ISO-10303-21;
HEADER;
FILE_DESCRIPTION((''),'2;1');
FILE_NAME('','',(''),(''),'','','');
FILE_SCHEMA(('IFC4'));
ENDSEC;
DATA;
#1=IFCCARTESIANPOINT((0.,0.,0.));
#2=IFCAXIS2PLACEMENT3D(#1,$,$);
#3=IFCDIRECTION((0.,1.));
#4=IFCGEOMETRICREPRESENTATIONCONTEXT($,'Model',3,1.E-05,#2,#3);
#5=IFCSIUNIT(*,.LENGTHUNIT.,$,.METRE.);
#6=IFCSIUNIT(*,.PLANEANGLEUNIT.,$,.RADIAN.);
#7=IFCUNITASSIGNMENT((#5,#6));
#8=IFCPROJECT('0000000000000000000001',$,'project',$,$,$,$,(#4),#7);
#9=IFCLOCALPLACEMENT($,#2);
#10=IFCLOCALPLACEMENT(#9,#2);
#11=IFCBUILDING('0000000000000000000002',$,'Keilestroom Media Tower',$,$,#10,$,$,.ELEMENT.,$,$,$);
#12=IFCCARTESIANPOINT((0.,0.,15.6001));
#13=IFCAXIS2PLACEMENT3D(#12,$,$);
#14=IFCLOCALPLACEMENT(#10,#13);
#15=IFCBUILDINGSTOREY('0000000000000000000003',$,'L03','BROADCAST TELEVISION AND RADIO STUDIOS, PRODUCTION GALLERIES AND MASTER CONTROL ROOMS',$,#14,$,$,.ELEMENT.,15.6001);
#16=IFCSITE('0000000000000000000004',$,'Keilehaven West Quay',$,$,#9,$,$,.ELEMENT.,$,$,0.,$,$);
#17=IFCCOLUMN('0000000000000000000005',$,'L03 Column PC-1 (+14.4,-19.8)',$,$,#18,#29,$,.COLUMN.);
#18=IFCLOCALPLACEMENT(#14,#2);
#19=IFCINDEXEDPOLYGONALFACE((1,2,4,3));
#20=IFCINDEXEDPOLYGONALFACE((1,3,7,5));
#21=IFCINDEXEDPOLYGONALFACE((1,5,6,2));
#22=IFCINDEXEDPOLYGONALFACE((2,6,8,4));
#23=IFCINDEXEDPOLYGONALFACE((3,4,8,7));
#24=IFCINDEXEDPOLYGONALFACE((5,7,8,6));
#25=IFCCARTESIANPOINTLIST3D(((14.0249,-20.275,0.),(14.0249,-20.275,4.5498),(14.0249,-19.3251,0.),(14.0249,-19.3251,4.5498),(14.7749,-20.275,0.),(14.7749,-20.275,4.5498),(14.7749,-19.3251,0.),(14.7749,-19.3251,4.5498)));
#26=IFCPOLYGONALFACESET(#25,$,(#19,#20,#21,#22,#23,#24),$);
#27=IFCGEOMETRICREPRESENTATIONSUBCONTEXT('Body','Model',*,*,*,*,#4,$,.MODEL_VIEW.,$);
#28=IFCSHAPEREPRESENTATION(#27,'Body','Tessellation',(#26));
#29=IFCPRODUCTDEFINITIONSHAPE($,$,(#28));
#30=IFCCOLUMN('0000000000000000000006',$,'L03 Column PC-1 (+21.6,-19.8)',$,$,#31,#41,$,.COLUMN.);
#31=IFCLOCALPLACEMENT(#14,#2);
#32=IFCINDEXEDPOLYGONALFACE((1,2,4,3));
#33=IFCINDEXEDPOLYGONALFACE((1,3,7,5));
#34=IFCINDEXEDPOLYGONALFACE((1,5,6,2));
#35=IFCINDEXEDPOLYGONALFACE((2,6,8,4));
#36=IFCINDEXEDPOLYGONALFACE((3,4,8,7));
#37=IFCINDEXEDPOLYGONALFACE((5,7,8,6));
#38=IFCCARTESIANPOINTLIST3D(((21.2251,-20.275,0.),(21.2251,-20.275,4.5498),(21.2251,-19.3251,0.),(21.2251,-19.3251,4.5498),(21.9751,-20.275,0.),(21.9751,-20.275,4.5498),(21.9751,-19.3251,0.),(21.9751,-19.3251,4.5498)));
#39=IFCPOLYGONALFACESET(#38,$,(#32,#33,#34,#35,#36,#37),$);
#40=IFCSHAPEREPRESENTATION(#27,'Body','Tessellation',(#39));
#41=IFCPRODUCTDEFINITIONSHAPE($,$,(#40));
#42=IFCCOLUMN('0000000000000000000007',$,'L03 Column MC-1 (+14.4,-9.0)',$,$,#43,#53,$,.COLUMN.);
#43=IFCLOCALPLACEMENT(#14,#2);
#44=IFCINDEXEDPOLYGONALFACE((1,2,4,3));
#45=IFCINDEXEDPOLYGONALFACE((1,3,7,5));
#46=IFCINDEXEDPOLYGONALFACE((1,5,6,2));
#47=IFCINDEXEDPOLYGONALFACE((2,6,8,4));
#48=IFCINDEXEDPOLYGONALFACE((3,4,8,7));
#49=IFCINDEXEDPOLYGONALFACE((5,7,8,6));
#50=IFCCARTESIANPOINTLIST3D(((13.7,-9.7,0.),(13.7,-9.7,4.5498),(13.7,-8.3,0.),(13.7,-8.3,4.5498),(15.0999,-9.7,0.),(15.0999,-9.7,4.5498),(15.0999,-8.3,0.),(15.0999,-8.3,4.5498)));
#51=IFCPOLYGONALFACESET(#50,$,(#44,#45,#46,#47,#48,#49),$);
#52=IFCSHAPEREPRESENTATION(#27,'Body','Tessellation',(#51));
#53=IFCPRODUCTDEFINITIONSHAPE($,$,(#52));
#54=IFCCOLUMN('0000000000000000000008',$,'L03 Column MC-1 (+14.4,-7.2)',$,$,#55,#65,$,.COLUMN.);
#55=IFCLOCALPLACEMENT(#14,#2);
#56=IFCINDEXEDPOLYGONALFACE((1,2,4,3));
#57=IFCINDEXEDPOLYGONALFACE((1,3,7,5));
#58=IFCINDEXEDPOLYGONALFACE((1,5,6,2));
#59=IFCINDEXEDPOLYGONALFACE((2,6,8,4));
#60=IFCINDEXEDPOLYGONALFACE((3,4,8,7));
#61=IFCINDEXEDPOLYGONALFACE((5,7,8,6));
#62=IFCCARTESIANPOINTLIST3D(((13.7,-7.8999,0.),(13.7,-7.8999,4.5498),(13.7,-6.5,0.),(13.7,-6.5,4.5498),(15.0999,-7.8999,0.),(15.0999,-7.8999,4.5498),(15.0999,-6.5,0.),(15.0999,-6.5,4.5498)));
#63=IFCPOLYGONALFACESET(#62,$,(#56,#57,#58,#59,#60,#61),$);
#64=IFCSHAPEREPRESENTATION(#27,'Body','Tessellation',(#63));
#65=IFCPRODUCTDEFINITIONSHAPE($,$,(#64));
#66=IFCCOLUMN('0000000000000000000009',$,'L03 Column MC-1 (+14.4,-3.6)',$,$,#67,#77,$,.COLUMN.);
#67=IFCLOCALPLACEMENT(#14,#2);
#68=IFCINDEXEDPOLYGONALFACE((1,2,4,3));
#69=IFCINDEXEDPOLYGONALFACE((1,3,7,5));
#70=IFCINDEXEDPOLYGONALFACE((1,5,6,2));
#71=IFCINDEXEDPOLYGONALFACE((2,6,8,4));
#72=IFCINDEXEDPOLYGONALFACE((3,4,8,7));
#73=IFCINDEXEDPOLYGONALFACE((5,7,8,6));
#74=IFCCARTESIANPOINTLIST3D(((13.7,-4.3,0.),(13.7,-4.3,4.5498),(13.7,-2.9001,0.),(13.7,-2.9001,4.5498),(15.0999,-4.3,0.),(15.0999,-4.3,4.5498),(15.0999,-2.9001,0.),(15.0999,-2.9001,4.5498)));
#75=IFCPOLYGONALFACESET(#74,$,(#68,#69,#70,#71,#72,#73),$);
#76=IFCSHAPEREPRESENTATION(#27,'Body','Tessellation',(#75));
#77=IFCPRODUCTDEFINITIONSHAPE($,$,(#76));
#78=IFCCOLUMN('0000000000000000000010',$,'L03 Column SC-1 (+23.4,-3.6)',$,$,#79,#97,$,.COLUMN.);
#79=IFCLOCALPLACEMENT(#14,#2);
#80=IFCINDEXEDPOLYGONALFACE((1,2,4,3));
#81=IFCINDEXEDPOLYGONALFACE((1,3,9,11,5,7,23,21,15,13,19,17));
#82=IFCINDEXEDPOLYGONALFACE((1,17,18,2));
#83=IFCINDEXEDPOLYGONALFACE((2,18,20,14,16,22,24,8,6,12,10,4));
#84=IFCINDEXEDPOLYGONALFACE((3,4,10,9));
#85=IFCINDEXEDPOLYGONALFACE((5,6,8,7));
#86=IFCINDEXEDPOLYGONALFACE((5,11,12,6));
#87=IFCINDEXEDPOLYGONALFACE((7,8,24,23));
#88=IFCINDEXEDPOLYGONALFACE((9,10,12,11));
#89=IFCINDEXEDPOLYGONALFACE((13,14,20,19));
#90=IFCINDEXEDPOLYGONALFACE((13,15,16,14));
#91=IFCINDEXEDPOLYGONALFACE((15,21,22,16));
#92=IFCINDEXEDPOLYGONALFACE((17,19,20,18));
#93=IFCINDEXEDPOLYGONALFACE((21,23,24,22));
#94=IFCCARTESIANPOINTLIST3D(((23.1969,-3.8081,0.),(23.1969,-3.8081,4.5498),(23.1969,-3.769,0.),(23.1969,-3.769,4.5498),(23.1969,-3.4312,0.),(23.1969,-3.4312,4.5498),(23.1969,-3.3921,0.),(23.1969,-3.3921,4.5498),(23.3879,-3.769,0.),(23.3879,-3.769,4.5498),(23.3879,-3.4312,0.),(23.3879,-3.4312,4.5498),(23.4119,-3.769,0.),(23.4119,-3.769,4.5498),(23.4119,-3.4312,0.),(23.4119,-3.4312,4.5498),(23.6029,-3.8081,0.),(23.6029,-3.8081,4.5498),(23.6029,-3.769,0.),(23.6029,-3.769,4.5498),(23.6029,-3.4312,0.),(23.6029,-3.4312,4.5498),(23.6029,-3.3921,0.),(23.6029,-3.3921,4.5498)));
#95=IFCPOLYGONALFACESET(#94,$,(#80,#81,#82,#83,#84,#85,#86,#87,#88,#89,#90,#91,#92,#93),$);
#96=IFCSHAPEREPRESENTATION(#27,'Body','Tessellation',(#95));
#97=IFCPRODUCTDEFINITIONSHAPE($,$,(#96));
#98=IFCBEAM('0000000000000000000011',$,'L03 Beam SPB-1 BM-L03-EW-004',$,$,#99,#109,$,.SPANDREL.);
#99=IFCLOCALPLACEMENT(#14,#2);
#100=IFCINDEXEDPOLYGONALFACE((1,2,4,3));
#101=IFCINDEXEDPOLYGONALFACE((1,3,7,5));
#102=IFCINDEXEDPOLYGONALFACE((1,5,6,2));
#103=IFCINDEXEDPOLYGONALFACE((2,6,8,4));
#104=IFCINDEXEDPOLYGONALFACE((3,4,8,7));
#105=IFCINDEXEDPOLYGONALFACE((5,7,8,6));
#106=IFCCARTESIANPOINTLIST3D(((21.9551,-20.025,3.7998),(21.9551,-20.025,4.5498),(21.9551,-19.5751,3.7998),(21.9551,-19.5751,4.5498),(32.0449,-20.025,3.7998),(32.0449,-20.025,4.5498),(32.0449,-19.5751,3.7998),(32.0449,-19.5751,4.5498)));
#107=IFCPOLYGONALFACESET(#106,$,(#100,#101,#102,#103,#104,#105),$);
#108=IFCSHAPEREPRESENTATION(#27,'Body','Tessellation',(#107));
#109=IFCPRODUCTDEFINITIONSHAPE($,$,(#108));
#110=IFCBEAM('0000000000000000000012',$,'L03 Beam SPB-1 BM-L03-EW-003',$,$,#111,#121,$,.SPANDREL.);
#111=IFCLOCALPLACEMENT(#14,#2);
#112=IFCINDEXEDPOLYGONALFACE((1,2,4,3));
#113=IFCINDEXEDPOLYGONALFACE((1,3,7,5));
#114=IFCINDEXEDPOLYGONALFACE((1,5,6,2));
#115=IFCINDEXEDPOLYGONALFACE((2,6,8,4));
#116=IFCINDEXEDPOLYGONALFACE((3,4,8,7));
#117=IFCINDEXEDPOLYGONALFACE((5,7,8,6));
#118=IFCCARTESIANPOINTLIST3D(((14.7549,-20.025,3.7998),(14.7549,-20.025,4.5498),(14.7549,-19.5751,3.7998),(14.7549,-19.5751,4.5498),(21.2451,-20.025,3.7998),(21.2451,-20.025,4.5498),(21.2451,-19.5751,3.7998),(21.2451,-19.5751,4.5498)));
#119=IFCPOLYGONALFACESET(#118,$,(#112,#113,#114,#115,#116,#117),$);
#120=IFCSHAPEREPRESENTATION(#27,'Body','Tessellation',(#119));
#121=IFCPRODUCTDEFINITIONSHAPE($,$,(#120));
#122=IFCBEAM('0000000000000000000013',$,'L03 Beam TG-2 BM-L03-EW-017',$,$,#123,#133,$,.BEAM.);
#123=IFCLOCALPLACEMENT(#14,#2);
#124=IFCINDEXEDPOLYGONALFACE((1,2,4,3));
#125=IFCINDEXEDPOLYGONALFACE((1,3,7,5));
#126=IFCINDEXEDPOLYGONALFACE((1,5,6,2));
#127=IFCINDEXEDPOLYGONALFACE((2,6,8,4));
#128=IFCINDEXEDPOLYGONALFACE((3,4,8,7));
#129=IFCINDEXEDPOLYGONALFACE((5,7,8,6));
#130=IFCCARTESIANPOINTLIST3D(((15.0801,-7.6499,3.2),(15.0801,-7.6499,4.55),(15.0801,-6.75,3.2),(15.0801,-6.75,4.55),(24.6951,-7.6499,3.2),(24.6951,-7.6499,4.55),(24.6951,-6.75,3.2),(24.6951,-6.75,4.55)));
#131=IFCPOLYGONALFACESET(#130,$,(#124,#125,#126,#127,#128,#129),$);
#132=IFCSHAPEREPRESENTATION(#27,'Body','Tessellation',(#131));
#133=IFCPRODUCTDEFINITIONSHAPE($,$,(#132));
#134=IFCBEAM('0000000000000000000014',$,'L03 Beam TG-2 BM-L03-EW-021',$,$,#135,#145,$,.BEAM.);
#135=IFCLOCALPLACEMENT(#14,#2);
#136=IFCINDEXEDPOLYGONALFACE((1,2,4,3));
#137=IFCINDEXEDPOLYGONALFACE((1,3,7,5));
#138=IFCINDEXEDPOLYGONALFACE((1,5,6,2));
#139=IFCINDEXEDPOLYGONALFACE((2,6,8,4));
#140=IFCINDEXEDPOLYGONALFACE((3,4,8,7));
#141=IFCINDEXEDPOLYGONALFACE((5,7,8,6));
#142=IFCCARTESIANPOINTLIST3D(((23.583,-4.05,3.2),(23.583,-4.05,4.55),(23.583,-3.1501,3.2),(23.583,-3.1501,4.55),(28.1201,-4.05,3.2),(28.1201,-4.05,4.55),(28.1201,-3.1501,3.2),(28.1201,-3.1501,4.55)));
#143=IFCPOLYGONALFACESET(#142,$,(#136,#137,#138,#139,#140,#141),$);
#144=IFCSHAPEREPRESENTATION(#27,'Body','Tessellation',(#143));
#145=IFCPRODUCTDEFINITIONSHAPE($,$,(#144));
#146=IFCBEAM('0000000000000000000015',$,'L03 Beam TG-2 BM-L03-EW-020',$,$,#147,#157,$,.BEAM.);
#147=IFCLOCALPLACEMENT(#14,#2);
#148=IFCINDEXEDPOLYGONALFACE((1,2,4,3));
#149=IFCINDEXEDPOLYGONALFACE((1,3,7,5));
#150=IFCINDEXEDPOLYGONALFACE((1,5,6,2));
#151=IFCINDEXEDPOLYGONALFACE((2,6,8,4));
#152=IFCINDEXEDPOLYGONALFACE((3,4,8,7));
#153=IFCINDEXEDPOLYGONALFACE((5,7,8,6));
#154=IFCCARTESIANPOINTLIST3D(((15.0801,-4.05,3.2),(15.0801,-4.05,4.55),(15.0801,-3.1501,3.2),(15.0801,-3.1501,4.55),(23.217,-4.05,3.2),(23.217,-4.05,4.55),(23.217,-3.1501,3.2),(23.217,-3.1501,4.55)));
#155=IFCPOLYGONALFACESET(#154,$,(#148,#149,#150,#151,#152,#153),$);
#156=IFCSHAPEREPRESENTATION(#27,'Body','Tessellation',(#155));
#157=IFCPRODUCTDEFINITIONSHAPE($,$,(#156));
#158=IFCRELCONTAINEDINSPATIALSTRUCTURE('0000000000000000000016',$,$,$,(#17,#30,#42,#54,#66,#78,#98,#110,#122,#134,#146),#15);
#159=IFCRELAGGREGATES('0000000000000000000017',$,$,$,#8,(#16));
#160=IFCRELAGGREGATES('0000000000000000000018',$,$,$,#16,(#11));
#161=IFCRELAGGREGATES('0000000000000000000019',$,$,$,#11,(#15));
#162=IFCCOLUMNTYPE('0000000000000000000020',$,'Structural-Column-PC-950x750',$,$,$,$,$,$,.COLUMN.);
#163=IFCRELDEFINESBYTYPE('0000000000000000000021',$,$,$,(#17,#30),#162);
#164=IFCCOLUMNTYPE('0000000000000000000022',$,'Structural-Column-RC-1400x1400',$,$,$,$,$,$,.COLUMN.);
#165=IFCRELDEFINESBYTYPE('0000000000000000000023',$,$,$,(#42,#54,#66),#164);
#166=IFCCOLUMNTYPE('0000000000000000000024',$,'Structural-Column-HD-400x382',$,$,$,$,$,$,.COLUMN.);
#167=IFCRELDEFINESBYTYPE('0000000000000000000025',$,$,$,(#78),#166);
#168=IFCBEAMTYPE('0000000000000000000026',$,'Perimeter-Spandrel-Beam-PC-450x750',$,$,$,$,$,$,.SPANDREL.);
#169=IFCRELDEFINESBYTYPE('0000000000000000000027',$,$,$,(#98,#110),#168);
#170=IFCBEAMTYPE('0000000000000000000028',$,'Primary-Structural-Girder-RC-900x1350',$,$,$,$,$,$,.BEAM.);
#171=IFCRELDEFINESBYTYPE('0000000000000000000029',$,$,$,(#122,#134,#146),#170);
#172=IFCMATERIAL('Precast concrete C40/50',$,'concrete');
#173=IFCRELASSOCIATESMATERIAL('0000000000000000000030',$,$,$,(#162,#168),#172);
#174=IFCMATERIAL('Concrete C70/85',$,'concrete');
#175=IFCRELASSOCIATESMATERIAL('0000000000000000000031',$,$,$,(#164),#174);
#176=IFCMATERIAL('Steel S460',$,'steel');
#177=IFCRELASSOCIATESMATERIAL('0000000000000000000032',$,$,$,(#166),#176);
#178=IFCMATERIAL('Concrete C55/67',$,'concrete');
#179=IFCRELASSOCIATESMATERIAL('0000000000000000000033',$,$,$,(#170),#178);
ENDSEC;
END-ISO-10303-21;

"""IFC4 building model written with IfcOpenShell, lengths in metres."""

from ifc_helpers import new_model, si_unit, direction, frame, origin, origin_2d, place, context, subcontext, project, spatial, rectangle, i_section, extrude, source, transform, mapped, material, material_profile, profile_set, type_object, element, save


model = new_model("IFC4")

# Units and contexts
model_context = context("Model", 3, precision=1e-05, world=origin(), true_north=direction((0.0, 1.0)))
body_context = subcontext(model_context, "Body", "Model", "MODEL_VIEW")
ifc_project = project(units=[si_unit("LENGTHUNIT", "METRE"), si_unit("PLANEANGLEUNIT", "RADIAN")], contexts=[model_context])

# Site, building, storey
site_placement = place(None, origin())
site = spatial("IfcSite", under=ifc_project, at=site_placement, Name="Keilehaven West Quay", CompositionType="ELEMENT", RefElevation=0.0)
building_placement = place(site_placement, origin())
building = spatial("IfcBuilding", under=site, at=building_placement, Name="Keilestroom Media Tower", CompositionType="ELEMENT")
storey_placement = place(building_placement, frame((0.0, 0.0, 15.6001)))
storey = spatial("IfcBuildingStorey", under=building, at=storey_placement, Name="L03", Description="BROADCAST TELEVISION AND RADIO STUDIOS, PRODUCTION GALLERIES AND MASTER CONTROL ROOMS", CompositionType="ELEMENT", Elevation=15.6001)

# Columns
ifc_material_1 = material(Name="Precast concrete C40/50", Category="concrete")
ifc_material_profile_1 = material_profile(ifc_material_1, rectangle(XDim=0.75, YDim=0.95, at=origin_2d()), Name="PC 950x750")
ifc_profile_set_1 = profile_set([ifc_material_profile_1], Name="Precast concrete C40/50")
column_type_1 = type_object("IfcColumnType", Name="Structural-Column-PC-950x750", PredefinedType="COLUMN", material=ifc_profile_set_1)
shared_shape_1 = source(origin(), body_context, "Body", "SweptSolid", [
    extrude(rectangle(XDim=0.75, YDim=0.95, at=origin_2d()), origin(), (0.0, 0.0, 1.0), 4.5498),
])
for number, where, z_axis, x_axis, name in (
    (1, (14.3999, -19.8, 0.0), (0.0, 0.0, 1.0), (1.0, 0.0, 0.0), "L03 Column PC-1 (+14.4,-19.8)"),
    (2, (21.6001, -19.8, 0.0), (0.0, 0.0, 1.0), (1.0, 0.0, 0.0), "L03 Column PC-1 (+21.6,-19.8)"),
):
    element("IfcColumn", number, at=place(storey_placement, frame(where, z_axis=z_axis, x_axis=x_axis)), inside=storey, type_object=column_type_1, Name=name, PredefinedType="COLUMN", context=body_context, shape_type="MappedRepresentation", body=[
        mapped(shared_shape_1, transform((0.0, 0.0, 0.0), x_axis=(1.0, 0.0, 0.0), y_axis=(0.0, 1.0, 0.0), z_axis=(0.0, 0.0, 1.0), scale=1.0)),
    ])
ifc_material_2 = material(Name="Concrete C70/85", Category="concrete")
ifc_material_profile_2 = material_profile(ifc_material_2, rectangle(XDim=1.3999, YDim=1.3999, at=origin_2d()), Name="RC 1400x1400")
ifc_profile_set_2 = profile_set([ifc_material_profile_2], Name="Concrete C70/85")
column_type_2 = type_object("IfcColumnType", Name="Structural-Column-RC-1400x1400", PredefinedType="COLUMN", material=ifc_profile_set_2)
shared_shape_2 = source(origin(), body_context, "Body", "SweptSolid", [
    extrude(rectangle(XDim=1.3999, YDim=1.3999, at=origin_2d()), origin(), (0.0, 0.0, 1.0), 4.5498),
])
for number, where, z_axis, x_axis, name in (
    (3, (14.3999, -9.0, 0.0), (0.0, 0.0, 1.0), (1.0, 0.0, 0.0), "L03 Column MC-1 (+14.4,-9.0)"),
    (4, (14.3999, -7.2, 0.0), (0.0, 0.0, 1.0), (1.0, 0.0, 0.0), "L03 Column MC-1 (+14.4,-7.2)"),
    (5, (14.3999, -3.6001, 0.0), (0.0, 0.0, 1.0), (1.0, 0.0, 0.0), "L03 Column MC-1 (+14.4,-3.6)"),
):
    element("IfcColumn", number, at=place(storey_placement, frame(where, z_axis=z_axis, x_axis=x_axis)), inside=storey, type_object=column_type_2, Name=name, PredefinedType="COLUMN", context=body_context, shape_type="MappedRepresentation", body=[
        mapped(shared_shape_2, transform((0.0, 0.0, 0.0), x_axis=(1.0, 0.0, 0.0), y_axis=(0.0, 1.0, 0.0), z_axis=(0.0, 0.0, 1.0), scale=1.0)),
    ])
ifc_material_3 = material(Name="Steel S460", Category="steel")
ifc_material_profile_3 = material_profile(ifc_material_3, i_section(OverallWidth=0.406, OverallDepth=0.416, WebThickness=0.0239, FlangeThickness=0.0391, at=origin_2d()), Name="HD 400x382")
ifc_profile_set_3 = profile_set([ifc_material_profile_3], Name="Steel S460")
column_type_3 = type_object("IfcColumnType", Name="Structural-Column-HD-400x382", PredefinedType="COLUMN", material=ifc_profile_set_3)
shared_shape_3 = source(origin(), body_context, "Body", "SweptSolid", [
    extrude(i_section(OverallWidth=0.406, OverallDepth=0.416, WebThickness=0.0239, FlangeThickness=0.0391, at=origin_2d()), origin(), (0.0, 0.0, 1.0), 4.5498),
])
column_placement = place(storey_placement, frame((23.3999, -3.6001, 0.0), z_axis=(0.0, 0.0, 1.0), x_axis=(1.0, 0.0, 0.0)))
element("IfcColumn", 6, at=column_placement, inside=storey, type_object=column_type_3, Name="L03 Column SC-1 (+23.4,-3.6)", PredefinedType="COLUMN", context=body_context, shape_type="MappedRepresentation", body=[
    mapped(shared_shape_3, transform((0.0, 0.0, 0.0), x_axis=(1.0, 0.0, 0.0), y_axis=(0.0, 1.0, 0.0), z_axis=(0.0, 0.0, 1.0), scale=1.0)),
])

# Beams
ifc_material_profile_4 = material_profile(ifc_material_1, rectangle(XDim=0.45, YDim=0.75, at=origin_2d()), Name="PC 450x750")
ifc_profile_set_4 = profile_set([ifc_material_profile_4], Name="Precast concrete C40/50")
beam_type_1 = type_object("IfcBeamType", Name="Perimeter-Spandrel-Beam-PC-450x750", PredefinedType="SPANDREL", material=ifc_profile_set_4)
shared_shape_4 = source(origin(), body_context, "Body", "SweptSolid", [
    extrude(rectangle(XDim=0.45, YDim=0.75, at=origin_2d()), origin(), (0.0, 0.0, 1.0), 10.0898),
])
beam_1_placement = place(storey_placement, frame((21.9551, -19.8, 4.1748), z_axis=(1.0, 0.0, 0.0), x_axis=(0.0, 1.0, 0.0)))
element("IfcBeam", 7, at=beam_1_placement, inside=storey, type_object=beam_type_1, Name="L03 Beam SPB-1 BM-L03-EW-004", PredefinedType="SPANDREL", context=body_context, shape_type="MappedRepresentation", body=[
    mapped(shared_shape_4, transform((0.0, 0.0, 0.0), x_axis=(1.0, 0.0, 0.0), y_axis=(0.0, 1.0, 0.0), z_axis=(0.0, 0.0, 1.0), scale=1.0)),
])
shared_shape_5 = source(origin(), body_context, "Body", "SweptSolid", [
    extrude(rectangle(XDim=0.45, YDim=0.75, at=origin_2d()), origin(), (0.0, 0.0, 1.0), 6.4902),
])
beam_2_placement = place(storey_placement, frame((14.7549, -19.8, 4.1748), z_axis=(1.0, 0.0, 0.0), x_axis=(0.0, 1.0, 0.0)))
element("IfcBeam", 8, at=beam_2_placement, inside=storey, type_object=beam_type_1, Name="L03 Beam SPB-1 BM-L03-EW-003", PredefinedType="SPANDREL", context=body_context, shape_type="MappedRepresentation", body=[
    mapped(shared_shape_5, transform((0.0, 0.0, 0.0), x_axis=(1.0, 0.0, 0.0), y_axis=(0.0, 1.0, 0.0), z_axis=(0.0, 0.0, 1.0), scale=1.0)),
])
ifc_material_4 = material(Name="Concrete C55/67", Category="concrete")
ifc_material_profile_5 = material_profile(ifc_material_4, rectangle(XDim=0.8999, YDim=1.3501, at=origin_2d()), Name="RC 900x1350")
ifc_profile_set_5 = profile_set([ifc_material_profile_5], Name="Concrete C55/67")
beam_type_2 = type_object("IfcBeamType", Name="Primary-Structural-Girder-RC-900x1350", PredefinedType="BEAM", material=ifc_profile_set_5)
shared_shape_6 = source(origin(), body_context, "Body", "SweptSolid", [
    extrude(rectangle(XDim=0.8999, YDim=1.3501, at=origin_2d()), origin(), (0.0, 0.0, 1.0), 9.615),
])
beam_3_placement = place(storey_placement, frame((15.0801, -7.2, 3.875), z_axis=(1.0, 0.0, 0.0), x_axis=(0.0, 1.0, 0.0)))
element("IfcBeam", 9, at=beam_3_placement, inside=storey, type_object=beam_type_2, Name="L03 Beam TG-2 BM-L03-EW-017", PredefinedType="BEAM", context=body_context, shape_type="MappedRepresentation", body=[
    mapped(shared_shape_6, transform((0.0, 0.0, 0.0), x_axis=(1.0, 0.0, 0.0), y_axis=(0.0, 1.0, 0.0), z_axis=(0.0, 0.0, 1.0), scale=1.0)),
])
shared_shape_7 = source(origin(), body_context, "Body", "SweptSolid", [
    extrude(rectangle(XDim=0.8999, YDim=1.3501, at=origin_2d()), origin(), (0.0, 0.0, 1.0), 4.5371),
])
beam_4_placement = place(storey_placement, frame((23.583, -3.6001, 3.875), z_axis=(1.0, 0.0, 0.0), x_axis=(0.0, 1.0, 0.0)))
element("IfcBeam", 10, at=beam_4_placement, inside=storey, type_object=beam_type_2, Name="L03 Beam TG-2 BM-L03-EW-021", PredefinedType="BEAM", context=body_context, shape_type="MappedRepresentation", body=[
    mapped(shared_shape_7, transform((0.0, 0.0, 0.0), x_axis=(1.0, 0.0, 0.0), y_axis=(0.0, 1.0, 0.0), z_axis=(0.0, 0.0, 1.0), scale=1.0)),
])
shared_shape_8 = source(origin(), body_context, "Body", "SweptSolid", [
    extrude(rectangle(XDim=0.8999, YDim=1.3501, at=origin_2d()), origin(), (0.0, 0.0, 1.0), 8.137),
])
beam_5_placement = place(storey_placement, frame((15.0801, -3.6001, 3.875), z_axis=(1.0, 0.0, 0.0), x_axis=(0.0, 1.0, 0.0)))
element("IfcBeam", 11, at=beam_5_placement, inside=storey, type_object=beam_type_2, Name="L03 Beam TG-2 BM-L03-EW-020", PredefinedType="BEAM", context=body_context, shape_type="MappedRepresentation", body=[
    mapped(shared_shape_8, transform((0.0, 0.0, 0.0), x_axis=(1.0, 0.0, 0.0), y_axis=(0.0, 1.0, 0.0), z_axis=(0.0, 0.0, 1.0), scale=1.0)),
])

save(model, "model.ifc")
